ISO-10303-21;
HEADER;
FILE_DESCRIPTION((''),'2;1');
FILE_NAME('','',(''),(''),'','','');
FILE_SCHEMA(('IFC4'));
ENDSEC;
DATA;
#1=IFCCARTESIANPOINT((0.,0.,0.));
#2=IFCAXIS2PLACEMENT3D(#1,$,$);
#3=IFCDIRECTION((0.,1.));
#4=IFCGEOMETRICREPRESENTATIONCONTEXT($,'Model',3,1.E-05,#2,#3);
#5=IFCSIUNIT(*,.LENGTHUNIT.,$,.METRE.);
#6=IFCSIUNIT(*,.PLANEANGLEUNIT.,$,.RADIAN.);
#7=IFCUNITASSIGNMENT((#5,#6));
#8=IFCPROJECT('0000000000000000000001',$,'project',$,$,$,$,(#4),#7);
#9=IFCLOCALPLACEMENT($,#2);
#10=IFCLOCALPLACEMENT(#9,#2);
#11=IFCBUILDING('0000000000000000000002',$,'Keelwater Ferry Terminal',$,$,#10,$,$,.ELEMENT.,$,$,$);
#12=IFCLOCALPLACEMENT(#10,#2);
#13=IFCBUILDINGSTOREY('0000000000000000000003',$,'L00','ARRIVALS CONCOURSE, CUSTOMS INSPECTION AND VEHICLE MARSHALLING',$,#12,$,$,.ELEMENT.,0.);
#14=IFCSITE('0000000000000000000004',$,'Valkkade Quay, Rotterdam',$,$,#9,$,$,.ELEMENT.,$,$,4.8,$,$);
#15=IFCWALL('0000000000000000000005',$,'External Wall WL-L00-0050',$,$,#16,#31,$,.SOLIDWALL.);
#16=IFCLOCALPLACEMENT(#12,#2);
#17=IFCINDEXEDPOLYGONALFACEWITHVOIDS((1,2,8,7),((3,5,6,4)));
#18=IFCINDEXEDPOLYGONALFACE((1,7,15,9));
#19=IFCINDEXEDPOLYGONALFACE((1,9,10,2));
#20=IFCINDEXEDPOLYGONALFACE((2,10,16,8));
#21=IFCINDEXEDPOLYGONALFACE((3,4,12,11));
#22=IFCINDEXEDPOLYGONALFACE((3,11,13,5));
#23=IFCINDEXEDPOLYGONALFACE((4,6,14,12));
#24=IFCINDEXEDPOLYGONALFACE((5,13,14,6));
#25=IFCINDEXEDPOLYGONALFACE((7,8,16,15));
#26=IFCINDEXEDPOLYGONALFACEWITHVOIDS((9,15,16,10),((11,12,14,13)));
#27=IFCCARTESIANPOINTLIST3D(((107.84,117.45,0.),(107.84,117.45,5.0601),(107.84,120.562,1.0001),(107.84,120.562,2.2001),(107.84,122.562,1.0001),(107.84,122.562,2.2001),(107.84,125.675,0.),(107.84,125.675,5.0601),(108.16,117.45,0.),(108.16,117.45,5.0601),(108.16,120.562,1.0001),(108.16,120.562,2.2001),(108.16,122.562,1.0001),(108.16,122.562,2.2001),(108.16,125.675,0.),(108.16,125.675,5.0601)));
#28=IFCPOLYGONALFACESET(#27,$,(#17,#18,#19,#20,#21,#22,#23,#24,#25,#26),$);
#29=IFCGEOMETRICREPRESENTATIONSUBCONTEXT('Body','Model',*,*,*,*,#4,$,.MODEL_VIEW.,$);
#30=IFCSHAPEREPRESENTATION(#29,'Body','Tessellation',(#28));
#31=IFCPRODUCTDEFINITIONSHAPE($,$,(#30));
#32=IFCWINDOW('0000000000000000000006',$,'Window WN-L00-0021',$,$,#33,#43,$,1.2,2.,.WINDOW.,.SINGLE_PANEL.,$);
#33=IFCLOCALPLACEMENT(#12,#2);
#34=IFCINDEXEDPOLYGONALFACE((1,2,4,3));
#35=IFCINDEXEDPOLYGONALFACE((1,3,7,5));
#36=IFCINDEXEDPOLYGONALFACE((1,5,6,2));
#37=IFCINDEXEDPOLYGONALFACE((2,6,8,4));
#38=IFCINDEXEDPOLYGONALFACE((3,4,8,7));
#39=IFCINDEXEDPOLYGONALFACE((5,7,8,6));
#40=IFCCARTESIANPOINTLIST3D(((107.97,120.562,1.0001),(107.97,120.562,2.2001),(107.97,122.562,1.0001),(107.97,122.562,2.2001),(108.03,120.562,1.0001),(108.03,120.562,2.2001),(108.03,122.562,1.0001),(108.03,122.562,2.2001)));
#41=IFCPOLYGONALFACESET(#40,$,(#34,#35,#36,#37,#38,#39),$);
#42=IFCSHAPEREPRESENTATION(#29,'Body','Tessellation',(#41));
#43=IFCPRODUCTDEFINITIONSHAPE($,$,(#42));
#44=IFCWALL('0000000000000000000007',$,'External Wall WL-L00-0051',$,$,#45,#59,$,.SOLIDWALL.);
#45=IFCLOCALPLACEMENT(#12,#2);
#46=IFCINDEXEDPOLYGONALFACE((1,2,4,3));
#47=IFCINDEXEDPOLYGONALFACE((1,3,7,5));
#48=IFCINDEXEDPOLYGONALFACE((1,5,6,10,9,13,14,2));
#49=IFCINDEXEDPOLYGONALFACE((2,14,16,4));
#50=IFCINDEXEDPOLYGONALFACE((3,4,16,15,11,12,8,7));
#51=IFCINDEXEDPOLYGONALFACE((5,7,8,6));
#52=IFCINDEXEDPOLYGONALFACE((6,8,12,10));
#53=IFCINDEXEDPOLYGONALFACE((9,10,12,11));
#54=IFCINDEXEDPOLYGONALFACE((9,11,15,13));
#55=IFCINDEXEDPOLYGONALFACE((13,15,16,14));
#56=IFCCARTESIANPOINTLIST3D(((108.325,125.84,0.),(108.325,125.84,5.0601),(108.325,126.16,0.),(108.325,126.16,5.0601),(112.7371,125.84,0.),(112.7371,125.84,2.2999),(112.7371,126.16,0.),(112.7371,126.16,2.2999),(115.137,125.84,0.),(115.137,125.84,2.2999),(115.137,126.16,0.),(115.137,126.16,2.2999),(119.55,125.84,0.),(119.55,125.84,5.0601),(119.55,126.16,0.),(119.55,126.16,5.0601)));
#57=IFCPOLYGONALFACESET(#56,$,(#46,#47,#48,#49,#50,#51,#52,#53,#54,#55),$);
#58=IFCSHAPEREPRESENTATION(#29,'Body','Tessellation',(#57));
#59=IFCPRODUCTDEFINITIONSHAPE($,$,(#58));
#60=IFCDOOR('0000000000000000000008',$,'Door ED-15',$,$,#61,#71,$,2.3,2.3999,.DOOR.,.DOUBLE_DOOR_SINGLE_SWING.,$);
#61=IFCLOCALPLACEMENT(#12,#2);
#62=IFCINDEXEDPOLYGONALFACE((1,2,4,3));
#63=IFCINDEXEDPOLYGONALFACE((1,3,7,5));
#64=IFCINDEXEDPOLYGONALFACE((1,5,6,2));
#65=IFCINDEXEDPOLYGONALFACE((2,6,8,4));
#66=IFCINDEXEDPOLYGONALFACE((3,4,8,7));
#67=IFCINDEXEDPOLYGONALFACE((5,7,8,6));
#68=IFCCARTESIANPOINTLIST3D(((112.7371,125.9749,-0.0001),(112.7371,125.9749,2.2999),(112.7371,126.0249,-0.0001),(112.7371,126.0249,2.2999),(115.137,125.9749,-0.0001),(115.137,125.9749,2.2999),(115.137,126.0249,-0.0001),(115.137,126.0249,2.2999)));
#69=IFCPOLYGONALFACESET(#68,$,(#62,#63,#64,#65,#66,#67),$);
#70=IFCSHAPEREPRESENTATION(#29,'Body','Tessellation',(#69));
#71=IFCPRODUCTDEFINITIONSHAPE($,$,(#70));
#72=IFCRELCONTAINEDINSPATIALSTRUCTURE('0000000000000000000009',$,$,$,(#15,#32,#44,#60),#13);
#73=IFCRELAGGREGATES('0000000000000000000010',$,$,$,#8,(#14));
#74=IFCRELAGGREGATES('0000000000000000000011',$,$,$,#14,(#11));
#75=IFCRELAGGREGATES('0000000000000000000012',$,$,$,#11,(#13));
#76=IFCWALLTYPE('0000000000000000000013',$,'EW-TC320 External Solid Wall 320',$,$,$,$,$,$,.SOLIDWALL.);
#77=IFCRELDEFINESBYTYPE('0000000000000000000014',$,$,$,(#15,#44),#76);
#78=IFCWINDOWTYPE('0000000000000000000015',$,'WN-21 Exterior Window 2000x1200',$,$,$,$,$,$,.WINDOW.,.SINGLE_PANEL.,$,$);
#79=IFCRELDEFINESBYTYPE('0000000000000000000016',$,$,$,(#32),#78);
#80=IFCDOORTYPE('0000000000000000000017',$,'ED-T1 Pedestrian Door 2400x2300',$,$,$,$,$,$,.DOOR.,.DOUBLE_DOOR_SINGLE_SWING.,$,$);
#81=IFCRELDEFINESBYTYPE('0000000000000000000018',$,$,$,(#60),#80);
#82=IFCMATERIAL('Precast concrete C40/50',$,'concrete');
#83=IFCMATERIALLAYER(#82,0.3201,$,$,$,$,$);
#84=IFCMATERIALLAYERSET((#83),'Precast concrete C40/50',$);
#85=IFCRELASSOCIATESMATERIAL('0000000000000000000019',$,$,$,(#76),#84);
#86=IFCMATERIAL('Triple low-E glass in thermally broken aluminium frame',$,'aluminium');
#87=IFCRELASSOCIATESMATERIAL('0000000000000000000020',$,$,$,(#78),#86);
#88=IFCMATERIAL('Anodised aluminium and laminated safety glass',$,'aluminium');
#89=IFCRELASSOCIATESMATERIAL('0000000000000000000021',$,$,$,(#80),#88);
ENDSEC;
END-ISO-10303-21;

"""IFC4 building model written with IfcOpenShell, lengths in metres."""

from ifc_helpers import new_model, si_unit, direction, frame, frame_2d, origin, place, context, subcontext, project, spatial, rectangle, extrude, material, layer, layer_set, type_object, element, fill, save


model = new_model("IFC4")

# Units and contexts
model_context = context("Model", 3, precision=1e-05, world=origin(), true_north=direction((0.0, 1.0)))
body_context = subcontext(model_context, "Body", "Model", "MODEL_VIEW")
ifc_project = project(units=[si_unit("LENGTHUNIT", "METRE"), si_unit("PLANEANGLEUNIT", "RADIAN")], contexts=[model_context])

# Site, building, storey
site_placement = place(None, origin())
site = spatial("IfcSite", under=ifc_project, at=site_placement, Name="Valkkade Quay, Rotterdam", CompositionType="ELEMENT", RefElevation=4.8)
building_placement = place(site_placement, origin())
building = spatial("IfcBuilding", under=site, at=building_placement, Name="Keelwater Ferry Terminal", CompositionType="ELEMENT")
storey_placement = place(building_placement, origin())
storey = spatial("IfcBuildingStorey", under=building, at=storey_placement, Name="L00", Description="ARRIVALS CONCOURSE, CUSTOMS INSPECTION AND VEHICLE MARSHALLING", CompositionType="ELEMENT", Elevation=0.0)

# Wall, opening, window
ifc_material_1 = material(Name="Precast concrete C40/50", Category="concrete")
ifc_layer_1 = layer(ifc_material_1, 0.3201)
ifc_layer_set_1 = layer_set([ifc_layer_1], Name="Precast concrete C40/50")
wall_type = type_object("IfcWallType", Name="EW-TC320 External Solid Wall 320", PredefinedType="SOLIDWALL", material=ifc_layer_set_1)
wall_1_placement = place(storey_placement, frame((108.0, 117.45, 0.0), z_axis=(0.0, 0.0, 1.0), x_axis=(0.0, 1.0, 0.0)))
wall_1 = element("IfcWall", 1, at=wall_1_placement, inside=storey, type_object=wall_type, Name="External Wall WL-L00-0050", PredefinedType="SOLIDWALL", context=body_context, shape_type="SweptSolid", body=[
    extrude(rectangle(XDim=8.2251, YDim=0.3201, at=frame_2d((4.1125, 0.0))), origin(), (0.0, 0.0, 1.0), 5.0601),
])
opening_1_placement = place(wall_1_placement, frame((3.1121, 0.0, 1.0)))
opening_1 = element("IfcOpeningElement", 2, at=opening_1_placement, cuts=wall_1, PredefinedType="OPENING", context=body_context, shape_type="SweptSolid", body=[
    extrude(rectangle(XDim=2.0, YDim=1.2, at=frame_2d((1.0, 0.6001))), frame((0.0, 0.1702, 0.0), z_axis=(0.0, -1.0, 0.0), x_axis=(1.0, 0.0, 0.0)), (0.0, 0.0, 1.0), 0.3401),
])
ifc_material_2 = material(Name="Triple low-E glass in thermally broken aluminium frame", Category="aluminium")
window_type = type_object("IfcWindowType", Name="WN-21 Exterior Window 2000x1200", PartitioningType="SINGLE_PANEL", PredefinedType="WINDOW", material=ifc_material_2)
window_placement = place(opening_1_placement, origin())
window = element("IfcWindow", 3, at=window_placement, inside=storey, type_object=window_type, Name="Window WN-L00-0021", OverallHeight=1.2, OverallWidth=2.0, PartitioningType="SINGLE_PANEL", PredefinedType="WINDOW", context=body_context, shape_type="SweptSolid", body=[
    extrude(rectangle(XDim=2.0, YDim=1.2, at=frame_2d((1.0, 0.6001))), frame((0.0, 0.03, 0.0), z_axis=(0.0, -1.0, 0.0), x_axis=(1.0, 0.0, 0.0)), (0.0, 0.0, 1.0), 0.0601),
])
fill(opening_1, window)

# Wall, opening, door
wall_2_placement = place(storey_placement, frame((108.325, 126.0, 0.0), z_axis=(0.0, 0.0, 1.0), x_axis=(1.0, 0.0, 0.0)))
wall_2 = element("IfcWall", 4, at=wall_2_placement, inside=storey, type_object=wall_type, Name="External Wall WL-L00-0051", PredefinedType="SOLIDWALL", context=body_context, shape_type="SweptSolid", body=[
    extrude(rectangle(XDim=11.2251, YDim=0.3201, at=frame_2d((5.6125, 0.0))), origin(), (0.0, 0.0, 1.0), 5.0601),
])
opening_2_placement = place(wall_2_placement, frame((4.4121, 0.0, 0.0)))
opening_2 = element("IfcOpeningElement", 5, at=opening_2_placement, cuts=wall_2, PredefinedType="OPENING", context=body_context, shape_type="SweptSolid", body=[
    extrude(rectangle(XDim=2.3999, YDim=2.3, at=frame_2d((1.2, 1.1499))), frame((0.0, 0.1702, 0.0), z_axis=(0.0, -1.0, 0.0), x_axis=(1.0, 0.0, 0.0)), (0.0, 0.0, 1.0), 0.3401),
])
ifc_material_3 = material(Name="Anodised aluminium and laminated safety glass", Category="aluminium")
door_type = type_object("IfcDoorType", Name="ED-T1 Pedestrian Door 2400x2300", OperationType="DOUBLE_DOOR_SINGLE_SWING", PredefinedType="DOOR", material=ifc_material_3)
door_placement = place(opening_2_placement, origin())
door = element("IfcDoor", 6, at=door_placement, inside=storey, type_object=door_type, Name="Door ED-15", OperationType="DOUBLE_DOOR_SINGLE_SWING", OverallHeight=2.3, OverallWidth=2.3999, PredefinedType="DOOR", context=body_context, shape_type="SweptSolid", body=[
    extrude(rectangle(XDim=2.3999, YDim=2.3, at=frame_2d((1.2, 1.1499))), frame((0.0, 0.0249, 0.0), z_axis=(0.0, -1.0, 0.0), x_axis=(1.0, 0.0, 0.0)), (0.0, 0.0, 1.0), 0.05),
])
fill(opening_2, door)

save(model, "model.ifc")
